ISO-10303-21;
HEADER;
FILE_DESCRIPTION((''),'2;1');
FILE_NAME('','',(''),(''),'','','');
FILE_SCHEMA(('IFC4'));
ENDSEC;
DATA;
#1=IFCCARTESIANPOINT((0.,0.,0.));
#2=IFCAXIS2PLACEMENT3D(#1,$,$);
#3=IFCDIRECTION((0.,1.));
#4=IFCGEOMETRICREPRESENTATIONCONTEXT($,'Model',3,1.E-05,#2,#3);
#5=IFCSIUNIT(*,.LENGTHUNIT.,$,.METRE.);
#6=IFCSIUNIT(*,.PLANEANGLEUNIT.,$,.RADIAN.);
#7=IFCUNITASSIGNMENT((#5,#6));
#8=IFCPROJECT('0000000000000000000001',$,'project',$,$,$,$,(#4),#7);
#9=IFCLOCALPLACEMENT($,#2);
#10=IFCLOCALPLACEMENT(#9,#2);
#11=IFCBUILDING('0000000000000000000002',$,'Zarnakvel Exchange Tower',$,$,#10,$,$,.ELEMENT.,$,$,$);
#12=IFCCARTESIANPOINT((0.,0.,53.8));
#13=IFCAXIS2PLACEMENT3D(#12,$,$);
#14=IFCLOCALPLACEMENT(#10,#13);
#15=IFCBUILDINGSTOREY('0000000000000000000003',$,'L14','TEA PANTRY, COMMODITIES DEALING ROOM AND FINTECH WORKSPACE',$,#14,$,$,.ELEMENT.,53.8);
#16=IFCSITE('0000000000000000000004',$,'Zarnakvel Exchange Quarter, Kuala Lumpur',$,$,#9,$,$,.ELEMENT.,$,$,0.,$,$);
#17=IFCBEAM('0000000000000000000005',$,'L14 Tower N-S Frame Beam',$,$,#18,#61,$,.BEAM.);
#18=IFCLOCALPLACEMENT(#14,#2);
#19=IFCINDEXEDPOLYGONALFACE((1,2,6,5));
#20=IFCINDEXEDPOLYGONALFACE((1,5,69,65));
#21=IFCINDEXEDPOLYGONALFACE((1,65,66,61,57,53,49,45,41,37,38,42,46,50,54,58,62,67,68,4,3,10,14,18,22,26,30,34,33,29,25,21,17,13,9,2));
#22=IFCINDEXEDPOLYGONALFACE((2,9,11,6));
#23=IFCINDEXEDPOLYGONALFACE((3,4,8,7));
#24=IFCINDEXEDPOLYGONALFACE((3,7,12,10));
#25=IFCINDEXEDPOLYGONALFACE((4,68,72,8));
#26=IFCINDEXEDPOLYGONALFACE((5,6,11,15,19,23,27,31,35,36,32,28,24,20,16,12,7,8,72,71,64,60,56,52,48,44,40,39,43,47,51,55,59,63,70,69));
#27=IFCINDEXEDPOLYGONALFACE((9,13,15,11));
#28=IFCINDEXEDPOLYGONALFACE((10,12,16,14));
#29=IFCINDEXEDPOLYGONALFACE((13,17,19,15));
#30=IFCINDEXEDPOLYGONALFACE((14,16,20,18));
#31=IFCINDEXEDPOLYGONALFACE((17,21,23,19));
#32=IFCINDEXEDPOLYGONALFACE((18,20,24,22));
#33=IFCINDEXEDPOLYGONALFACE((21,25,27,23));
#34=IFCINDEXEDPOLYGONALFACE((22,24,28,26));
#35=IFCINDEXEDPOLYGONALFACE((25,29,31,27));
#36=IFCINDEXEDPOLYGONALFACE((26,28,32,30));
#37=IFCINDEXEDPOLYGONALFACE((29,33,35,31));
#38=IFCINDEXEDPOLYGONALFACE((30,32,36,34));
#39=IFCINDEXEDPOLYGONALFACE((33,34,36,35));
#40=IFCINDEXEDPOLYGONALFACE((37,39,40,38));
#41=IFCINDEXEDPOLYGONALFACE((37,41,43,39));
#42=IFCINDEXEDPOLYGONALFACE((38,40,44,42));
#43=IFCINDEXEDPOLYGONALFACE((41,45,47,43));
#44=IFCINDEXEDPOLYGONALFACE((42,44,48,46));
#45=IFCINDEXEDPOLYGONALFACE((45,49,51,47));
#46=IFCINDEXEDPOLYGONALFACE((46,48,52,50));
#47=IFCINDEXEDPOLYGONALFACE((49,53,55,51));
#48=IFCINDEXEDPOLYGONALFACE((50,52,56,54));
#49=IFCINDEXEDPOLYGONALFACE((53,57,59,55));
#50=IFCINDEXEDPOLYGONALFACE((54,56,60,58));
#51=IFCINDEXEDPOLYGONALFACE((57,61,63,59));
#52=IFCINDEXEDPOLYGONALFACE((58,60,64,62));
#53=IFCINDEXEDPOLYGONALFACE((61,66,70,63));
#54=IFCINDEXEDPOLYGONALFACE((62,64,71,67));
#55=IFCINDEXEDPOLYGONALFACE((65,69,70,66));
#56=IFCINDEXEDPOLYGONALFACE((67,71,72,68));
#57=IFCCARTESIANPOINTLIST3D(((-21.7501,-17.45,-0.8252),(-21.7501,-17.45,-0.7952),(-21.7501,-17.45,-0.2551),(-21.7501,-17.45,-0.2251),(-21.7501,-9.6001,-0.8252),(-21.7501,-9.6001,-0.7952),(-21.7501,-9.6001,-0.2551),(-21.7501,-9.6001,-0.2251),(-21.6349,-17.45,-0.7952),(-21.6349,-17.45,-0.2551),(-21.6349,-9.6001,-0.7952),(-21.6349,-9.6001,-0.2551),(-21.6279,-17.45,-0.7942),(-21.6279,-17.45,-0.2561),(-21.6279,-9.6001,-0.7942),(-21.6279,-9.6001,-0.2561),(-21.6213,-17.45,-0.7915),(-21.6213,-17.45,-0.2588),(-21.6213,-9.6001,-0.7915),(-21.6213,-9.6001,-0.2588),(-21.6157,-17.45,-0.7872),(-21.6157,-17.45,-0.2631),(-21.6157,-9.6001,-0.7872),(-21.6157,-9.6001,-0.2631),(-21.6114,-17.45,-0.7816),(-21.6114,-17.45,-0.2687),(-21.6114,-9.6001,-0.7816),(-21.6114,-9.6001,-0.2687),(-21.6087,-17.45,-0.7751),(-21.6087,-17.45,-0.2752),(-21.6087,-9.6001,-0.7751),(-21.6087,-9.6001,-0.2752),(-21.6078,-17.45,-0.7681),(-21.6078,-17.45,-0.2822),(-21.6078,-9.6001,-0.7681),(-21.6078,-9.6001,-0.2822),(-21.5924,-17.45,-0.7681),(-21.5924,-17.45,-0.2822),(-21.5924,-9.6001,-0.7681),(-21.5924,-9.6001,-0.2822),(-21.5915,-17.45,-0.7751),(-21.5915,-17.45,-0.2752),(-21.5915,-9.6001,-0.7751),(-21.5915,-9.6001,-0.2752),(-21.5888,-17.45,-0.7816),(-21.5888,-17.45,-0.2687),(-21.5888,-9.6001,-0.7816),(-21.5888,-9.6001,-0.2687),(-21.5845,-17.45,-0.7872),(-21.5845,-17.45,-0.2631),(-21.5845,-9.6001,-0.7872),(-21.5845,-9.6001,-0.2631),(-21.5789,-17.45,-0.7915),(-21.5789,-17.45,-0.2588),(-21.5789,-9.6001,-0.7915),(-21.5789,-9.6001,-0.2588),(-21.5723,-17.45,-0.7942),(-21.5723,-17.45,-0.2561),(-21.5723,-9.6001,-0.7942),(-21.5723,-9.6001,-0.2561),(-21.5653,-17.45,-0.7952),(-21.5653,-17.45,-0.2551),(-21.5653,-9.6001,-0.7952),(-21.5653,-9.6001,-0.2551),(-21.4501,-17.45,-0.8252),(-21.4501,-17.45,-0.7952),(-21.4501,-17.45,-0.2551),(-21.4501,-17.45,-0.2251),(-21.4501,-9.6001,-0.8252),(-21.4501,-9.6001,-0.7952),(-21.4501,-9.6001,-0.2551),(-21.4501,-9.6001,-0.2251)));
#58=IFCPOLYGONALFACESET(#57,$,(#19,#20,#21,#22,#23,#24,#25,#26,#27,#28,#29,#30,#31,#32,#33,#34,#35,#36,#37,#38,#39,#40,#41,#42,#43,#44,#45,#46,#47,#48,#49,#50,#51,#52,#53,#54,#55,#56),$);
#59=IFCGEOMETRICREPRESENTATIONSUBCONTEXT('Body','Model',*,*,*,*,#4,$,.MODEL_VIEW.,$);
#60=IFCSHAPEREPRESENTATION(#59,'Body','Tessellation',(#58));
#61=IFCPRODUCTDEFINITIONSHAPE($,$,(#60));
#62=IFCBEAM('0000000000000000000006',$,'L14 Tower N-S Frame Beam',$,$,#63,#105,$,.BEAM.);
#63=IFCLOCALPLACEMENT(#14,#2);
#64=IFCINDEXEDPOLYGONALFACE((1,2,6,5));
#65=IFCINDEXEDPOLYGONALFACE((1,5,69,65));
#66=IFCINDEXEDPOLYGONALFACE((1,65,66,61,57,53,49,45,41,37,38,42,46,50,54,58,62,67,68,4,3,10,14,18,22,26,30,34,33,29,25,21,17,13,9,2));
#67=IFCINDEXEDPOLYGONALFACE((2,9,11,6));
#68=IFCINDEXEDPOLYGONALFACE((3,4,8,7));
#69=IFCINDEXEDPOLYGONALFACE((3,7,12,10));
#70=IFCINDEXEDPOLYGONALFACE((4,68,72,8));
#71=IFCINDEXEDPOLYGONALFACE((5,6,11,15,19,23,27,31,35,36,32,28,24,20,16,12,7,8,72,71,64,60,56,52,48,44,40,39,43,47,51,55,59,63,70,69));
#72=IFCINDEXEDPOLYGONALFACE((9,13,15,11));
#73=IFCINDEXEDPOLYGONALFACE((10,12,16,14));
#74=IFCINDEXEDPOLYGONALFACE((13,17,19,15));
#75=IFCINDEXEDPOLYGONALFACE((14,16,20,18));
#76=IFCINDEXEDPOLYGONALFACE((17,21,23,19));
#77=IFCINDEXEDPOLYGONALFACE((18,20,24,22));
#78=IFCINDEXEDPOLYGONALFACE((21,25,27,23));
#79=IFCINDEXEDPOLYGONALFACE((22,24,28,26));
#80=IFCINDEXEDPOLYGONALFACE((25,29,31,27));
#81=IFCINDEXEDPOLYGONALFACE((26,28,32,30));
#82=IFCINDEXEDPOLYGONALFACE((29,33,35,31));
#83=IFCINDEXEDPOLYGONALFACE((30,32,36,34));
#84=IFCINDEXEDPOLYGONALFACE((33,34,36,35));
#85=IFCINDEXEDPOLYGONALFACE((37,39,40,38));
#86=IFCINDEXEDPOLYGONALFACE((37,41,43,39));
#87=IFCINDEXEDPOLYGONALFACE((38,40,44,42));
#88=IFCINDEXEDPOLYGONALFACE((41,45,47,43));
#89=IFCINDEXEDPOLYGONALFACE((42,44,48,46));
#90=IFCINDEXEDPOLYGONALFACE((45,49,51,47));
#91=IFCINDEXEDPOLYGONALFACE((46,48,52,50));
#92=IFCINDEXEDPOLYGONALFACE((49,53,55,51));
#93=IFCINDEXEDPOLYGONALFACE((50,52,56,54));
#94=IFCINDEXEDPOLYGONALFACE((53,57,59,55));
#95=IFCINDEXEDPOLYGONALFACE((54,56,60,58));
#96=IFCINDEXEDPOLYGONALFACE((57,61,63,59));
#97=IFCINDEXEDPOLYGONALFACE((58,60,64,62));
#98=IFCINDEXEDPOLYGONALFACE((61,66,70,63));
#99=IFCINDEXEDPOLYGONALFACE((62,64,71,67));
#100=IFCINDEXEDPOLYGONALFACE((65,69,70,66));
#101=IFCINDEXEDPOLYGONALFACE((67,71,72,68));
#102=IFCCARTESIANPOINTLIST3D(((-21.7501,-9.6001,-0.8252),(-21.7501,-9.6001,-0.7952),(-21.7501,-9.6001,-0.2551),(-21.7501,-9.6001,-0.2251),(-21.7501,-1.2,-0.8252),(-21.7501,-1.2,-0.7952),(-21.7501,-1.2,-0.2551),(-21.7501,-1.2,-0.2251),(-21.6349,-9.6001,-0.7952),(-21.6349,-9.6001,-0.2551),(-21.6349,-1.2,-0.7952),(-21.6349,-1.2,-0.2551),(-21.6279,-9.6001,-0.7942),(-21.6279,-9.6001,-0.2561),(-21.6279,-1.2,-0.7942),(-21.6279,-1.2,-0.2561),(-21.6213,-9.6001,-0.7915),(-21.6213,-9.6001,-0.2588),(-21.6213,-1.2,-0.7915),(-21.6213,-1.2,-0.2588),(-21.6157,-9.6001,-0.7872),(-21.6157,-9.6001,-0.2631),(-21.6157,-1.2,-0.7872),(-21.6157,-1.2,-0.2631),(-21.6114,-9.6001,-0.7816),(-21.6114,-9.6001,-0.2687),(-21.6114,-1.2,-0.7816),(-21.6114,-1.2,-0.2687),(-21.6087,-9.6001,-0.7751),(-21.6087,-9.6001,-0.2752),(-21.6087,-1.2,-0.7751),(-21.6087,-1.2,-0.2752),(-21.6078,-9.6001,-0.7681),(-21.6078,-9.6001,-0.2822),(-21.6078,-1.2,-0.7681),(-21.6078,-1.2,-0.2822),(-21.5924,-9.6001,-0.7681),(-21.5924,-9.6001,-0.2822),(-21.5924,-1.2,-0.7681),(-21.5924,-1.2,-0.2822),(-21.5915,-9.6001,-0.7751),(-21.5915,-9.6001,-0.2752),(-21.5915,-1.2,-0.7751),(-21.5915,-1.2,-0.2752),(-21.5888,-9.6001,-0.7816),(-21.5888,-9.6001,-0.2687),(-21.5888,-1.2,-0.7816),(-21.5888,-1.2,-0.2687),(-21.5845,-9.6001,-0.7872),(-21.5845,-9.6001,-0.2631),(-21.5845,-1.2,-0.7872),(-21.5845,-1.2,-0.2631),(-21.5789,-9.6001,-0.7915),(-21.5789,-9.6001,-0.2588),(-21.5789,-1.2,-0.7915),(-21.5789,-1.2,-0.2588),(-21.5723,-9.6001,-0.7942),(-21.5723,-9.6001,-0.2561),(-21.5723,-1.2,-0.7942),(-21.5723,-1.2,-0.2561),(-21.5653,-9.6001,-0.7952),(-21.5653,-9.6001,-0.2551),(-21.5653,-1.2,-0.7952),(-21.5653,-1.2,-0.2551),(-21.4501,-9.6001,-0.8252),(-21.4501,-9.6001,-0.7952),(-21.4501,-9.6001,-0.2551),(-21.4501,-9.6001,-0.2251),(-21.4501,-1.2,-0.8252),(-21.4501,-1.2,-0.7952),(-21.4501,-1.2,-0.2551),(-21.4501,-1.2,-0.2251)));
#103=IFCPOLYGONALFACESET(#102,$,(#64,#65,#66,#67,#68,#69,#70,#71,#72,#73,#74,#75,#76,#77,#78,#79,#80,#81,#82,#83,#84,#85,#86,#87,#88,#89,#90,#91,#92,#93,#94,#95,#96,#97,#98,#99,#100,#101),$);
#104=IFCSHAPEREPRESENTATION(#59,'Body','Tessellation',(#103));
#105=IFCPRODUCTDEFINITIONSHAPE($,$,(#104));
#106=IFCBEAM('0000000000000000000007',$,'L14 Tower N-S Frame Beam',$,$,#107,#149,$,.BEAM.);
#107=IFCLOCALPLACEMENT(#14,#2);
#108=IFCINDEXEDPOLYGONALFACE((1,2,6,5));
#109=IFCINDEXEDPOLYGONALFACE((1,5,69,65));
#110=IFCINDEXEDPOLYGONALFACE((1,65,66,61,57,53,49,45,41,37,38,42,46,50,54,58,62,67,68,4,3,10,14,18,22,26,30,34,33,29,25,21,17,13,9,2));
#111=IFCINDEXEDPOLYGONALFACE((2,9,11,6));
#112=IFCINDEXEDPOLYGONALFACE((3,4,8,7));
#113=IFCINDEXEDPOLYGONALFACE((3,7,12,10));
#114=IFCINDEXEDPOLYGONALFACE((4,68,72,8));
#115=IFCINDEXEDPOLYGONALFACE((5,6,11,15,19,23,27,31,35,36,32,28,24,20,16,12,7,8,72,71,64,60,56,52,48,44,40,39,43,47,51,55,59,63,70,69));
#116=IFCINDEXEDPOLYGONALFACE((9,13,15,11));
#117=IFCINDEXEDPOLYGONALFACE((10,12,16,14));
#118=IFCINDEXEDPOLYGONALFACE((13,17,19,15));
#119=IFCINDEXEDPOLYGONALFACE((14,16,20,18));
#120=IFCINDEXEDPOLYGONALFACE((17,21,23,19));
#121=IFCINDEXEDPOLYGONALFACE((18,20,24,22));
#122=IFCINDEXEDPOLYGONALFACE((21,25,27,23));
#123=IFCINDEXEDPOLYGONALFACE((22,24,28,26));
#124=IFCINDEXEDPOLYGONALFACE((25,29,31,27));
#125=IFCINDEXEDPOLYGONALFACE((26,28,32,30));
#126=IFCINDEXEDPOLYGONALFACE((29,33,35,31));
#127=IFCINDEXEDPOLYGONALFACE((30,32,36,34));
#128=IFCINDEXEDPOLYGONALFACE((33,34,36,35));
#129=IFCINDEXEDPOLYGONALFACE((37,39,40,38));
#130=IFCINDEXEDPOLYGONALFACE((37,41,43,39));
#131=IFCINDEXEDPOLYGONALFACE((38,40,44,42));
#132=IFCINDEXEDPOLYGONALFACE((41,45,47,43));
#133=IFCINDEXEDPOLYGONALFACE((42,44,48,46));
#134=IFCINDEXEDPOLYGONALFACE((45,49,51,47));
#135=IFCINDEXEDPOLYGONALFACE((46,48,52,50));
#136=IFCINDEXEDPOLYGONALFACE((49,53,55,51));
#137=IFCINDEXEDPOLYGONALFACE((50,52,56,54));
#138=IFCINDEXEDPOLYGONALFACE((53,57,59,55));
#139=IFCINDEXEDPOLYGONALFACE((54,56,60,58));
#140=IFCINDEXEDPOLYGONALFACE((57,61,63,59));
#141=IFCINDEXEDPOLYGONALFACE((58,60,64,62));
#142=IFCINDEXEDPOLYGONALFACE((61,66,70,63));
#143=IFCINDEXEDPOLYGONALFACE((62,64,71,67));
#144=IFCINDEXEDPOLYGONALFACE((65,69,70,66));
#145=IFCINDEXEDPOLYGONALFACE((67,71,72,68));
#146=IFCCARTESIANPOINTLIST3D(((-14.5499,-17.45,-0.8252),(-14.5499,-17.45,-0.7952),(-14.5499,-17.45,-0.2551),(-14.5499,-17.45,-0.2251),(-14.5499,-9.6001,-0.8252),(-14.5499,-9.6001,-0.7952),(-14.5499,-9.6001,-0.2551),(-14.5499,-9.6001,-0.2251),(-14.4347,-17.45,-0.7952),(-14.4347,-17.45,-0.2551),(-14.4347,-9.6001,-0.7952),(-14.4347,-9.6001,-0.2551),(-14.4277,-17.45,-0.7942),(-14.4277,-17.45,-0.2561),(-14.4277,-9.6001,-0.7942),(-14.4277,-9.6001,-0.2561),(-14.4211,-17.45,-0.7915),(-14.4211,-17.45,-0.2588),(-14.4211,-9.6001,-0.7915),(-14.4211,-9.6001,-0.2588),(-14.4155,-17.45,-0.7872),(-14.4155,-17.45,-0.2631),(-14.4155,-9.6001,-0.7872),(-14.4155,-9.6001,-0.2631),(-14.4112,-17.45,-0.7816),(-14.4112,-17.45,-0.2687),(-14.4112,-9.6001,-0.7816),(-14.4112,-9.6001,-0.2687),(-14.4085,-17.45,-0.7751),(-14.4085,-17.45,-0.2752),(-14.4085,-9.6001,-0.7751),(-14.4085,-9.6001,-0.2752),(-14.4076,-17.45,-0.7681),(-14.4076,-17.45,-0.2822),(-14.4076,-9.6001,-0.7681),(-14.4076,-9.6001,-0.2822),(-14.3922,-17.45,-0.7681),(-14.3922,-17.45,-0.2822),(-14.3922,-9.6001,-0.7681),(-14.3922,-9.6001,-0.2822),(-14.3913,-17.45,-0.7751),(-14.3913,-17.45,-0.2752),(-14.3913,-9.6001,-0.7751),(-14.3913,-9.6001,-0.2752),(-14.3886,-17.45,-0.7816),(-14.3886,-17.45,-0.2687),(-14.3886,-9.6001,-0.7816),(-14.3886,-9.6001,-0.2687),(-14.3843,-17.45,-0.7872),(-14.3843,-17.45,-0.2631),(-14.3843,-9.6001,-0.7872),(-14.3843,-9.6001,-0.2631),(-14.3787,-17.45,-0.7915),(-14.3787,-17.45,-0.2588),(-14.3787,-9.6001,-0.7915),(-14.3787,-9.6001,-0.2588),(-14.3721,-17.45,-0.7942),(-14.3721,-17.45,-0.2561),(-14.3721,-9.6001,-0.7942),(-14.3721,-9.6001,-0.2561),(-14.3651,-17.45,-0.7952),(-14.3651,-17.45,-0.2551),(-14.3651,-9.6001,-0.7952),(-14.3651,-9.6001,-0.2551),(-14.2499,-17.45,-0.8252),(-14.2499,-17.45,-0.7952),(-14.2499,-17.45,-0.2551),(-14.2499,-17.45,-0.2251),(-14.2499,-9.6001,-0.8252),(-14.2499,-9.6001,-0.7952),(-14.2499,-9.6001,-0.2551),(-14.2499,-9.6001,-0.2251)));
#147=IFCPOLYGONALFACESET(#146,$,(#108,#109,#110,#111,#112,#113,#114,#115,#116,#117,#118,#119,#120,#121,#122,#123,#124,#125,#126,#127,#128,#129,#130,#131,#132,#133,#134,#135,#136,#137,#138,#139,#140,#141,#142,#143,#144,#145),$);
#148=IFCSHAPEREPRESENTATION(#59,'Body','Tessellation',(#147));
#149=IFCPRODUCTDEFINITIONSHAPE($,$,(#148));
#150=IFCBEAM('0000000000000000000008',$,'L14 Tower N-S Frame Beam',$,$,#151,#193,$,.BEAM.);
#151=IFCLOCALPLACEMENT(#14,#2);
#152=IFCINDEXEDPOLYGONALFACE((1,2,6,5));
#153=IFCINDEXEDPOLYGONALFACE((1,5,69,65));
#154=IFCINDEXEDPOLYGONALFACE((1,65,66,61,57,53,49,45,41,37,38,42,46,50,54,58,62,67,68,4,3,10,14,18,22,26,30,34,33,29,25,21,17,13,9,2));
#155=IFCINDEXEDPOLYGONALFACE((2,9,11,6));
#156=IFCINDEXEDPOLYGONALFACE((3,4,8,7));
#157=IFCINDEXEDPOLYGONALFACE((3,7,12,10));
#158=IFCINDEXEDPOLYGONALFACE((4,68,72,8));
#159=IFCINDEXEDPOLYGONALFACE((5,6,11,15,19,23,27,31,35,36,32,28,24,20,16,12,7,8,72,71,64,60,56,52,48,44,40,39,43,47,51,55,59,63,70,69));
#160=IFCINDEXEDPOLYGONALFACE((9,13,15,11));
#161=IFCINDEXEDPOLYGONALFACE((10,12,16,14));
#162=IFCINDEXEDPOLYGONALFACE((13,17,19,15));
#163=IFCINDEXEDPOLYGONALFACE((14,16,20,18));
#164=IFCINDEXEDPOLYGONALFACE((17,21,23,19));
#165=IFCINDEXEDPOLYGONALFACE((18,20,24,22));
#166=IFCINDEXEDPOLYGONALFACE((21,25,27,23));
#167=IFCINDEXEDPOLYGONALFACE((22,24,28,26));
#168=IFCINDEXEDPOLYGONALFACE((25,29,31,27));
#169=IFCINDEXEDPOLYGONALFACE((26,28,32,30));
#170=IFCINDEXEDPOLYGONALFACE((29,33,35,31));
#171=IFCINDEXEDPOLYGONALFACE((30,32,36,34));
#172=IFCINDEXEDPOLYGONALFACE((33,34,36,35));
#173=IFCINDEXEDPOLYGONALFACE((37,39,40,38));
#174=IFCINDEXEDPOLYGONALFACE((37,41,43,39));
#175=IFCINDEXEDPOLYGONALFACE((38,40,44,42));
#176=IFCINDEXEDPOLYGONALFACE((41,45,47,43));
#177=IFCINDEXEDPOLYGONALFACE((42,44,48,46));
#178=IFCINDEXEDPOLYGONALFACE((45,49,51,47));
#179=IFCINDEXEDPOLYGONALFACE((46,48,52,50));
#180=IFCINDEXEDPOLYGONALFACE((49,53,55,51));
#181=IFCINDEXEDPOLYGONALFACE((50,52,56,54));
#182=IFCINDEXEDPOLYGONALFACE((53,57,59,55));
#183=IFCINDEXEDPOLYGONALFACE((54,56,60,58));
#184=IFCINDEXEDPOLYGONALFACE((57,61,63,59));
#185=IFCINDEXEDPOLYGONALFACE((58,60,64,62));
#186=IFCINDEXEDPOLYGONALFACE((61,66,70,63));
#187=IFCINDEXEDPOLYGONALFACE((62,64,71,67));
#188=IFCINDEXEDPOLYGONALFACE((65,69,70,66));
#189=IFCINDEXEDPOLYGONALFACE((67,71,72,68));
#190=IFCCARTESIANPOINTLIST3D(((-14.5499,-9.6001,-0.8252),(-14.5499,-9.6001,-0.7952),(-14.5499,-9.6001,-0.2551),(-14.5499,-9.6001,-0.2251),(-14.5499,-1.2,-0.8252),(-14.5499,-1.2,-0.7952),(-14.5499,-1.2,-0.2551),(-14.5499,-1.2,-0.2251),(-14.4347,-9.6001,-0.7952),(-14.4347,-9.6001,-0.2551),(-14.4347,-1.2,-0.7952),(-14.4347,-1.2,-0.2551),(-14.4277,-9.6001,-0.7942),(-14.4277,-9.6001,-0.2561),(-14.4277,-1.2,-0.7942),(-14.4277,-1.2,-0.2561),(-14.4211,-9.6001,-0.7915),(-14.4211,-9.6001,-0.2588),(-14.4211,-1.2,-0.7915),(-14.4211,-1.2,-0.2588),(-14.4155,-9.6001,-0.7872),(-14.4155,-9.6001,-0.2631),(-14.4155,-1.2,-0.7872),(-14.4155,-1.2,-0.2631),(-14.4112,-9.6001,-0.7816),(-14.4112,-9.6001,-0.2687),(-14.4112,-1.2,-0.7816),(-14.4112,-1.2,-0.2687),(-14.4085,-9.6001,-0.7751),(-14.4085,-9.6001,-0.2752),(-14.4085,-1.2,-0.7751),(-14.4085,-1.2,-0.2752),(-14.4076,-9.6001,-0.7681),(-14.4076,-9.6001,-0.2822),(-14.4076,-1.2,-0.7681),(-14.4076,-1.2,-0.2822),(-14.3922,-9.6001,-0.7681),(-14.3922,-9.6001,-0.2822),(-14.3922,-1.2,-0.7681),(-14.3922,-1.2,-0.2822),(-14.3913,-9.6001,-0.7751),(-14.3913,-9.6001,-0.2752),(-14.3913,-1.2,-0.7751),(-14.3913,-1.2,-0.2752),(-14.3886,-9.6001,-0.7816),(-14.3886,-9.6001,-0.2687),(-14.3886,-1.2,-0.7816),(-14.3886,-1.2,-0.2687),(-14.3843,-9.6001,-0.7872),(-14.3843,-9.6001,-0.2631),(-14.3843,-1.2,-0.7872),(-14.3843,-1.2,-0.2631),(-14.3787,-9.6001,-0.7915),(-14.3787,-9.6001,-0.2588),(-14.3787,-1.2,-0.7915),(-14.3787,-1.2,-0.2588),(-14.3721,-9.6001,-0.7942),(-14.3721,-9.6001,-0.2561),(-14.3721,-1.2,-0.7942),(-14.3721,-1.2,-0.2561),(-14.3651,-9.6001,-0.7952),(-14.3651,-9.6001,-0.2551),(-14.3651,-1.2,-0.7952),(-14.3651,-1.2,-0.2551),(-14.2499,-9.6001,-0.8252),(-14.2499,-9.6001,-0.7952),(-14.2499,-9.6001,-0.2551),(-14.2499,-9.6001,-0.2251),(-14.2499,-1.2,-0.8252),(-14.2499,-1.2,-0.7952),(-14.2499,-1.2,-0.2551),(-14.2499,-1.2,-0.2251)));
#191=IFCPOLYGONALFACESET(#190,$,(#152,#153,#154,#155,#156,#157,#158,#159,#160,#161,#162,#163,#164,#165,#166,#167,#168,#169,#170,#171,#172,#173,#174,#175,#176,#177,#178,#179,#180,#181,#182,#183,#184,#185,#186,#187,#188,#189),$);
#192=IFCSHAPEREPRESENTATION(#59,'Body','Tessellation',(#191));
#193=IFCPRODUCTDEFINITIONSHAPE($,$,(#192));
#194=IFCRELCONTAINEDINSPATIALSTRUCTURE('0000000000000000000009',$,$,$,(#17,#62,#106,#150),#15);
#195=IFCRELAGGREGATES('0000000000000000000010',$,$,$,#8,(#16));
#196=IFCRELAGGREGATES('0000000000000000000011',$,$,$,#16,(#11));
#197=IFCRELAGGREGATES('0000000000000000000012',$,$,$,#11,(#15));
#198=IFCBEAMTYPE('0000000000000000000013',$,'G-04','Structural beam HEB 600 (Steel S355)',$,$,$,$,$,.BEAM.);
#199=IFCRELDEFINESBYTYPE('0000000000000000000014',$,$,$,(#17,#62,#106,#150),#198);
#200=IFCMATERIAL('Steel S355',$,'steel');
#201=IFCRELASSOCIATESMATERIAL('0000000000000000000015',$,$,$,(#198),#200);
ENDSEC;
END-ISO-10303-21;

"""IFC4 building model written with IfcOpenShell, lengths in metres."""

from ifc_helpers import new_model, si_unit, direction, frame, origin, origin_2d, place, context, subcontext, project, spatial, i_section, extrude, material, material_profile, profile_set, type_object, element, save


model = new_model("IFC4")

# Units and contexts
model_context = context("Model", 3, precision=1e-05, world=origin(), true_north=direction((0.0, 1.0)))
body_context = subcontext(model_context, "Body", "Model", "MODEL_VIEW")
ifc_project = project(units=[si_unit("LENGTHUNIT", "METRE"), si_unit("PLANEANGLEUNIT", "RADIAN")], contexts=[model_context])

# Site, building, storey
site_placement = place(None, origin())
site = spatial("IfcSite", under=ifc_project, at=site_placement, Name="Zarnakvel Exchange Quarter, Kuala Lumpur", CompositionType="ELEMENT", RefElevation=0.0)
building_placement = place(site_placement, origin())
building = spatial("IfcBuilding", under=site, at=building_placement, Name="Zarnakvel Exchange Tower", CompositionType="ELEMENT")
storey_placement = place(building_placement, frame((0.0, 0.0, 53.8)))
storey = spatial("IfcBuildingStorey", under=building, at=storey_placement, Name="L14", Description="TEA PANTRY, COMMODITIES DEALING ROOM AND FINTECH WORKSPACE", CompositionType="ELEMENT", Elevation=53.8)

# Shared definitions
ifc_material_1 = material(Name="Steel S355", Category="steel")

# Beams
ifc_material_profile_1 = material_profile(ifc_material_1, i_section(OverallWidth=0.3, OverallDepth=0.6001, WebThickness=0.0154, FlangeThickness=0.03, FilletRadius=0.0271, at=origin_2d()))
ifc_profile_set_1 = profile_set([ifc_material_profile_1], Name="Steel S355")
beam_type_1 = type_object("IfcBeamType", Name="G-04", Description="Structural beam HEB 600 (Steel S355)", PredefinedType="BEAM", material=ifc_profile_set_1)
beam_1_placement = place(storey_placement, frame((-21.6001, -17.45, -0.5251), z_axis=(0.0, 1.0, 0.0), x_axis=(-1.0, 0.0, 0.0)))
element("IfcBeam", 1, at=beam_1_placement, inside=storey, type_object=beam_type_1, Name="L14 Tower N-S Frame Beam", PredefinedType="BEAM", context=body_context, shape_type="SweptSolid", body=[
    extrude(i_section(OverallWidth=0.3, OverallDepth=0.6001, WebThickness=0.0154, FlangeThickness=0.03, FilletRadius=0.0271, at=origin_2d()), origin(), (0.0, 0.0, 1.0), 7.8499),
])
beam_2_placement = place(storey_placement, frame((-21.6001, -9.6001, -0.5251), z_axis=(0.0, 1.0, 0.0), x_axis=(-1.0, 0.0, 0.0)))
element("IfcBeam", 2, at=beam_2_placement, inside=storey, type_object=beam_type_1, Name="L14 Tower N-S Frame Beam", PredefinedType="BEAM", context=body_context, shape_type="SweptSolid", body=[
    extrude(i_section(OverallWidth=0.3, OverallDepth=0.6001, WebThickness=0.0154, FlangeThickness=0.03, FilletRadius=0.0271, at=origin_2d()), origin(), (0.0, 0.0, 1.0), 8.4001),
])
beam_3_placement = place(storey_placement, frame((-14.3999, -17.45, -0.5251), z_axis=(0.0, 1.0, 0.0), x_axis=(-1.0, 0.0, 0.0)))
element("IfcBeam", 3, at=beam_3_placement, inside=storey, type_object=beam_type_1, Name="L14 Tower N-S Frame Beam", PredefinedType="BEAM", context=body_context, shape_type="SweptSolid", body=[
    extrude(i_section(OverallWidth=0.3, OverallDepth=0.6001, WebThickness=0.0154, FlangeThickness=0.03, FilletRadius=0.0271, at=origin_2d()), origin(), (0.0, 0.0, 1.0), 7.8499),
])
beam_4_placement = place(storey_placement, frame((-14.3999, -9.6001, -0.5251), z_axis=(0.0, 1.0, 0.0), x_axis=(-1.0, 0.0, 0.0)))
element("IfcBeam", 4, at=beam_4_placement, inside=storey, type_object=beam_type_1, Name="L14 Tower N-S Frame Beam", PredefinedType="BEAM", context=body_context, shape_type="SweptSolid", body=[
    extrude(i_section(OverallWidth=0.3, OverallDepth=0.6001, WebThickness=0.0154, FlangeThickness=0.03, FilletRadius=0.0271, at=origin_2d()), origin(), (0.0, 0.0, 1.0), 8.4001),
])

save(model, "model.ifc")
